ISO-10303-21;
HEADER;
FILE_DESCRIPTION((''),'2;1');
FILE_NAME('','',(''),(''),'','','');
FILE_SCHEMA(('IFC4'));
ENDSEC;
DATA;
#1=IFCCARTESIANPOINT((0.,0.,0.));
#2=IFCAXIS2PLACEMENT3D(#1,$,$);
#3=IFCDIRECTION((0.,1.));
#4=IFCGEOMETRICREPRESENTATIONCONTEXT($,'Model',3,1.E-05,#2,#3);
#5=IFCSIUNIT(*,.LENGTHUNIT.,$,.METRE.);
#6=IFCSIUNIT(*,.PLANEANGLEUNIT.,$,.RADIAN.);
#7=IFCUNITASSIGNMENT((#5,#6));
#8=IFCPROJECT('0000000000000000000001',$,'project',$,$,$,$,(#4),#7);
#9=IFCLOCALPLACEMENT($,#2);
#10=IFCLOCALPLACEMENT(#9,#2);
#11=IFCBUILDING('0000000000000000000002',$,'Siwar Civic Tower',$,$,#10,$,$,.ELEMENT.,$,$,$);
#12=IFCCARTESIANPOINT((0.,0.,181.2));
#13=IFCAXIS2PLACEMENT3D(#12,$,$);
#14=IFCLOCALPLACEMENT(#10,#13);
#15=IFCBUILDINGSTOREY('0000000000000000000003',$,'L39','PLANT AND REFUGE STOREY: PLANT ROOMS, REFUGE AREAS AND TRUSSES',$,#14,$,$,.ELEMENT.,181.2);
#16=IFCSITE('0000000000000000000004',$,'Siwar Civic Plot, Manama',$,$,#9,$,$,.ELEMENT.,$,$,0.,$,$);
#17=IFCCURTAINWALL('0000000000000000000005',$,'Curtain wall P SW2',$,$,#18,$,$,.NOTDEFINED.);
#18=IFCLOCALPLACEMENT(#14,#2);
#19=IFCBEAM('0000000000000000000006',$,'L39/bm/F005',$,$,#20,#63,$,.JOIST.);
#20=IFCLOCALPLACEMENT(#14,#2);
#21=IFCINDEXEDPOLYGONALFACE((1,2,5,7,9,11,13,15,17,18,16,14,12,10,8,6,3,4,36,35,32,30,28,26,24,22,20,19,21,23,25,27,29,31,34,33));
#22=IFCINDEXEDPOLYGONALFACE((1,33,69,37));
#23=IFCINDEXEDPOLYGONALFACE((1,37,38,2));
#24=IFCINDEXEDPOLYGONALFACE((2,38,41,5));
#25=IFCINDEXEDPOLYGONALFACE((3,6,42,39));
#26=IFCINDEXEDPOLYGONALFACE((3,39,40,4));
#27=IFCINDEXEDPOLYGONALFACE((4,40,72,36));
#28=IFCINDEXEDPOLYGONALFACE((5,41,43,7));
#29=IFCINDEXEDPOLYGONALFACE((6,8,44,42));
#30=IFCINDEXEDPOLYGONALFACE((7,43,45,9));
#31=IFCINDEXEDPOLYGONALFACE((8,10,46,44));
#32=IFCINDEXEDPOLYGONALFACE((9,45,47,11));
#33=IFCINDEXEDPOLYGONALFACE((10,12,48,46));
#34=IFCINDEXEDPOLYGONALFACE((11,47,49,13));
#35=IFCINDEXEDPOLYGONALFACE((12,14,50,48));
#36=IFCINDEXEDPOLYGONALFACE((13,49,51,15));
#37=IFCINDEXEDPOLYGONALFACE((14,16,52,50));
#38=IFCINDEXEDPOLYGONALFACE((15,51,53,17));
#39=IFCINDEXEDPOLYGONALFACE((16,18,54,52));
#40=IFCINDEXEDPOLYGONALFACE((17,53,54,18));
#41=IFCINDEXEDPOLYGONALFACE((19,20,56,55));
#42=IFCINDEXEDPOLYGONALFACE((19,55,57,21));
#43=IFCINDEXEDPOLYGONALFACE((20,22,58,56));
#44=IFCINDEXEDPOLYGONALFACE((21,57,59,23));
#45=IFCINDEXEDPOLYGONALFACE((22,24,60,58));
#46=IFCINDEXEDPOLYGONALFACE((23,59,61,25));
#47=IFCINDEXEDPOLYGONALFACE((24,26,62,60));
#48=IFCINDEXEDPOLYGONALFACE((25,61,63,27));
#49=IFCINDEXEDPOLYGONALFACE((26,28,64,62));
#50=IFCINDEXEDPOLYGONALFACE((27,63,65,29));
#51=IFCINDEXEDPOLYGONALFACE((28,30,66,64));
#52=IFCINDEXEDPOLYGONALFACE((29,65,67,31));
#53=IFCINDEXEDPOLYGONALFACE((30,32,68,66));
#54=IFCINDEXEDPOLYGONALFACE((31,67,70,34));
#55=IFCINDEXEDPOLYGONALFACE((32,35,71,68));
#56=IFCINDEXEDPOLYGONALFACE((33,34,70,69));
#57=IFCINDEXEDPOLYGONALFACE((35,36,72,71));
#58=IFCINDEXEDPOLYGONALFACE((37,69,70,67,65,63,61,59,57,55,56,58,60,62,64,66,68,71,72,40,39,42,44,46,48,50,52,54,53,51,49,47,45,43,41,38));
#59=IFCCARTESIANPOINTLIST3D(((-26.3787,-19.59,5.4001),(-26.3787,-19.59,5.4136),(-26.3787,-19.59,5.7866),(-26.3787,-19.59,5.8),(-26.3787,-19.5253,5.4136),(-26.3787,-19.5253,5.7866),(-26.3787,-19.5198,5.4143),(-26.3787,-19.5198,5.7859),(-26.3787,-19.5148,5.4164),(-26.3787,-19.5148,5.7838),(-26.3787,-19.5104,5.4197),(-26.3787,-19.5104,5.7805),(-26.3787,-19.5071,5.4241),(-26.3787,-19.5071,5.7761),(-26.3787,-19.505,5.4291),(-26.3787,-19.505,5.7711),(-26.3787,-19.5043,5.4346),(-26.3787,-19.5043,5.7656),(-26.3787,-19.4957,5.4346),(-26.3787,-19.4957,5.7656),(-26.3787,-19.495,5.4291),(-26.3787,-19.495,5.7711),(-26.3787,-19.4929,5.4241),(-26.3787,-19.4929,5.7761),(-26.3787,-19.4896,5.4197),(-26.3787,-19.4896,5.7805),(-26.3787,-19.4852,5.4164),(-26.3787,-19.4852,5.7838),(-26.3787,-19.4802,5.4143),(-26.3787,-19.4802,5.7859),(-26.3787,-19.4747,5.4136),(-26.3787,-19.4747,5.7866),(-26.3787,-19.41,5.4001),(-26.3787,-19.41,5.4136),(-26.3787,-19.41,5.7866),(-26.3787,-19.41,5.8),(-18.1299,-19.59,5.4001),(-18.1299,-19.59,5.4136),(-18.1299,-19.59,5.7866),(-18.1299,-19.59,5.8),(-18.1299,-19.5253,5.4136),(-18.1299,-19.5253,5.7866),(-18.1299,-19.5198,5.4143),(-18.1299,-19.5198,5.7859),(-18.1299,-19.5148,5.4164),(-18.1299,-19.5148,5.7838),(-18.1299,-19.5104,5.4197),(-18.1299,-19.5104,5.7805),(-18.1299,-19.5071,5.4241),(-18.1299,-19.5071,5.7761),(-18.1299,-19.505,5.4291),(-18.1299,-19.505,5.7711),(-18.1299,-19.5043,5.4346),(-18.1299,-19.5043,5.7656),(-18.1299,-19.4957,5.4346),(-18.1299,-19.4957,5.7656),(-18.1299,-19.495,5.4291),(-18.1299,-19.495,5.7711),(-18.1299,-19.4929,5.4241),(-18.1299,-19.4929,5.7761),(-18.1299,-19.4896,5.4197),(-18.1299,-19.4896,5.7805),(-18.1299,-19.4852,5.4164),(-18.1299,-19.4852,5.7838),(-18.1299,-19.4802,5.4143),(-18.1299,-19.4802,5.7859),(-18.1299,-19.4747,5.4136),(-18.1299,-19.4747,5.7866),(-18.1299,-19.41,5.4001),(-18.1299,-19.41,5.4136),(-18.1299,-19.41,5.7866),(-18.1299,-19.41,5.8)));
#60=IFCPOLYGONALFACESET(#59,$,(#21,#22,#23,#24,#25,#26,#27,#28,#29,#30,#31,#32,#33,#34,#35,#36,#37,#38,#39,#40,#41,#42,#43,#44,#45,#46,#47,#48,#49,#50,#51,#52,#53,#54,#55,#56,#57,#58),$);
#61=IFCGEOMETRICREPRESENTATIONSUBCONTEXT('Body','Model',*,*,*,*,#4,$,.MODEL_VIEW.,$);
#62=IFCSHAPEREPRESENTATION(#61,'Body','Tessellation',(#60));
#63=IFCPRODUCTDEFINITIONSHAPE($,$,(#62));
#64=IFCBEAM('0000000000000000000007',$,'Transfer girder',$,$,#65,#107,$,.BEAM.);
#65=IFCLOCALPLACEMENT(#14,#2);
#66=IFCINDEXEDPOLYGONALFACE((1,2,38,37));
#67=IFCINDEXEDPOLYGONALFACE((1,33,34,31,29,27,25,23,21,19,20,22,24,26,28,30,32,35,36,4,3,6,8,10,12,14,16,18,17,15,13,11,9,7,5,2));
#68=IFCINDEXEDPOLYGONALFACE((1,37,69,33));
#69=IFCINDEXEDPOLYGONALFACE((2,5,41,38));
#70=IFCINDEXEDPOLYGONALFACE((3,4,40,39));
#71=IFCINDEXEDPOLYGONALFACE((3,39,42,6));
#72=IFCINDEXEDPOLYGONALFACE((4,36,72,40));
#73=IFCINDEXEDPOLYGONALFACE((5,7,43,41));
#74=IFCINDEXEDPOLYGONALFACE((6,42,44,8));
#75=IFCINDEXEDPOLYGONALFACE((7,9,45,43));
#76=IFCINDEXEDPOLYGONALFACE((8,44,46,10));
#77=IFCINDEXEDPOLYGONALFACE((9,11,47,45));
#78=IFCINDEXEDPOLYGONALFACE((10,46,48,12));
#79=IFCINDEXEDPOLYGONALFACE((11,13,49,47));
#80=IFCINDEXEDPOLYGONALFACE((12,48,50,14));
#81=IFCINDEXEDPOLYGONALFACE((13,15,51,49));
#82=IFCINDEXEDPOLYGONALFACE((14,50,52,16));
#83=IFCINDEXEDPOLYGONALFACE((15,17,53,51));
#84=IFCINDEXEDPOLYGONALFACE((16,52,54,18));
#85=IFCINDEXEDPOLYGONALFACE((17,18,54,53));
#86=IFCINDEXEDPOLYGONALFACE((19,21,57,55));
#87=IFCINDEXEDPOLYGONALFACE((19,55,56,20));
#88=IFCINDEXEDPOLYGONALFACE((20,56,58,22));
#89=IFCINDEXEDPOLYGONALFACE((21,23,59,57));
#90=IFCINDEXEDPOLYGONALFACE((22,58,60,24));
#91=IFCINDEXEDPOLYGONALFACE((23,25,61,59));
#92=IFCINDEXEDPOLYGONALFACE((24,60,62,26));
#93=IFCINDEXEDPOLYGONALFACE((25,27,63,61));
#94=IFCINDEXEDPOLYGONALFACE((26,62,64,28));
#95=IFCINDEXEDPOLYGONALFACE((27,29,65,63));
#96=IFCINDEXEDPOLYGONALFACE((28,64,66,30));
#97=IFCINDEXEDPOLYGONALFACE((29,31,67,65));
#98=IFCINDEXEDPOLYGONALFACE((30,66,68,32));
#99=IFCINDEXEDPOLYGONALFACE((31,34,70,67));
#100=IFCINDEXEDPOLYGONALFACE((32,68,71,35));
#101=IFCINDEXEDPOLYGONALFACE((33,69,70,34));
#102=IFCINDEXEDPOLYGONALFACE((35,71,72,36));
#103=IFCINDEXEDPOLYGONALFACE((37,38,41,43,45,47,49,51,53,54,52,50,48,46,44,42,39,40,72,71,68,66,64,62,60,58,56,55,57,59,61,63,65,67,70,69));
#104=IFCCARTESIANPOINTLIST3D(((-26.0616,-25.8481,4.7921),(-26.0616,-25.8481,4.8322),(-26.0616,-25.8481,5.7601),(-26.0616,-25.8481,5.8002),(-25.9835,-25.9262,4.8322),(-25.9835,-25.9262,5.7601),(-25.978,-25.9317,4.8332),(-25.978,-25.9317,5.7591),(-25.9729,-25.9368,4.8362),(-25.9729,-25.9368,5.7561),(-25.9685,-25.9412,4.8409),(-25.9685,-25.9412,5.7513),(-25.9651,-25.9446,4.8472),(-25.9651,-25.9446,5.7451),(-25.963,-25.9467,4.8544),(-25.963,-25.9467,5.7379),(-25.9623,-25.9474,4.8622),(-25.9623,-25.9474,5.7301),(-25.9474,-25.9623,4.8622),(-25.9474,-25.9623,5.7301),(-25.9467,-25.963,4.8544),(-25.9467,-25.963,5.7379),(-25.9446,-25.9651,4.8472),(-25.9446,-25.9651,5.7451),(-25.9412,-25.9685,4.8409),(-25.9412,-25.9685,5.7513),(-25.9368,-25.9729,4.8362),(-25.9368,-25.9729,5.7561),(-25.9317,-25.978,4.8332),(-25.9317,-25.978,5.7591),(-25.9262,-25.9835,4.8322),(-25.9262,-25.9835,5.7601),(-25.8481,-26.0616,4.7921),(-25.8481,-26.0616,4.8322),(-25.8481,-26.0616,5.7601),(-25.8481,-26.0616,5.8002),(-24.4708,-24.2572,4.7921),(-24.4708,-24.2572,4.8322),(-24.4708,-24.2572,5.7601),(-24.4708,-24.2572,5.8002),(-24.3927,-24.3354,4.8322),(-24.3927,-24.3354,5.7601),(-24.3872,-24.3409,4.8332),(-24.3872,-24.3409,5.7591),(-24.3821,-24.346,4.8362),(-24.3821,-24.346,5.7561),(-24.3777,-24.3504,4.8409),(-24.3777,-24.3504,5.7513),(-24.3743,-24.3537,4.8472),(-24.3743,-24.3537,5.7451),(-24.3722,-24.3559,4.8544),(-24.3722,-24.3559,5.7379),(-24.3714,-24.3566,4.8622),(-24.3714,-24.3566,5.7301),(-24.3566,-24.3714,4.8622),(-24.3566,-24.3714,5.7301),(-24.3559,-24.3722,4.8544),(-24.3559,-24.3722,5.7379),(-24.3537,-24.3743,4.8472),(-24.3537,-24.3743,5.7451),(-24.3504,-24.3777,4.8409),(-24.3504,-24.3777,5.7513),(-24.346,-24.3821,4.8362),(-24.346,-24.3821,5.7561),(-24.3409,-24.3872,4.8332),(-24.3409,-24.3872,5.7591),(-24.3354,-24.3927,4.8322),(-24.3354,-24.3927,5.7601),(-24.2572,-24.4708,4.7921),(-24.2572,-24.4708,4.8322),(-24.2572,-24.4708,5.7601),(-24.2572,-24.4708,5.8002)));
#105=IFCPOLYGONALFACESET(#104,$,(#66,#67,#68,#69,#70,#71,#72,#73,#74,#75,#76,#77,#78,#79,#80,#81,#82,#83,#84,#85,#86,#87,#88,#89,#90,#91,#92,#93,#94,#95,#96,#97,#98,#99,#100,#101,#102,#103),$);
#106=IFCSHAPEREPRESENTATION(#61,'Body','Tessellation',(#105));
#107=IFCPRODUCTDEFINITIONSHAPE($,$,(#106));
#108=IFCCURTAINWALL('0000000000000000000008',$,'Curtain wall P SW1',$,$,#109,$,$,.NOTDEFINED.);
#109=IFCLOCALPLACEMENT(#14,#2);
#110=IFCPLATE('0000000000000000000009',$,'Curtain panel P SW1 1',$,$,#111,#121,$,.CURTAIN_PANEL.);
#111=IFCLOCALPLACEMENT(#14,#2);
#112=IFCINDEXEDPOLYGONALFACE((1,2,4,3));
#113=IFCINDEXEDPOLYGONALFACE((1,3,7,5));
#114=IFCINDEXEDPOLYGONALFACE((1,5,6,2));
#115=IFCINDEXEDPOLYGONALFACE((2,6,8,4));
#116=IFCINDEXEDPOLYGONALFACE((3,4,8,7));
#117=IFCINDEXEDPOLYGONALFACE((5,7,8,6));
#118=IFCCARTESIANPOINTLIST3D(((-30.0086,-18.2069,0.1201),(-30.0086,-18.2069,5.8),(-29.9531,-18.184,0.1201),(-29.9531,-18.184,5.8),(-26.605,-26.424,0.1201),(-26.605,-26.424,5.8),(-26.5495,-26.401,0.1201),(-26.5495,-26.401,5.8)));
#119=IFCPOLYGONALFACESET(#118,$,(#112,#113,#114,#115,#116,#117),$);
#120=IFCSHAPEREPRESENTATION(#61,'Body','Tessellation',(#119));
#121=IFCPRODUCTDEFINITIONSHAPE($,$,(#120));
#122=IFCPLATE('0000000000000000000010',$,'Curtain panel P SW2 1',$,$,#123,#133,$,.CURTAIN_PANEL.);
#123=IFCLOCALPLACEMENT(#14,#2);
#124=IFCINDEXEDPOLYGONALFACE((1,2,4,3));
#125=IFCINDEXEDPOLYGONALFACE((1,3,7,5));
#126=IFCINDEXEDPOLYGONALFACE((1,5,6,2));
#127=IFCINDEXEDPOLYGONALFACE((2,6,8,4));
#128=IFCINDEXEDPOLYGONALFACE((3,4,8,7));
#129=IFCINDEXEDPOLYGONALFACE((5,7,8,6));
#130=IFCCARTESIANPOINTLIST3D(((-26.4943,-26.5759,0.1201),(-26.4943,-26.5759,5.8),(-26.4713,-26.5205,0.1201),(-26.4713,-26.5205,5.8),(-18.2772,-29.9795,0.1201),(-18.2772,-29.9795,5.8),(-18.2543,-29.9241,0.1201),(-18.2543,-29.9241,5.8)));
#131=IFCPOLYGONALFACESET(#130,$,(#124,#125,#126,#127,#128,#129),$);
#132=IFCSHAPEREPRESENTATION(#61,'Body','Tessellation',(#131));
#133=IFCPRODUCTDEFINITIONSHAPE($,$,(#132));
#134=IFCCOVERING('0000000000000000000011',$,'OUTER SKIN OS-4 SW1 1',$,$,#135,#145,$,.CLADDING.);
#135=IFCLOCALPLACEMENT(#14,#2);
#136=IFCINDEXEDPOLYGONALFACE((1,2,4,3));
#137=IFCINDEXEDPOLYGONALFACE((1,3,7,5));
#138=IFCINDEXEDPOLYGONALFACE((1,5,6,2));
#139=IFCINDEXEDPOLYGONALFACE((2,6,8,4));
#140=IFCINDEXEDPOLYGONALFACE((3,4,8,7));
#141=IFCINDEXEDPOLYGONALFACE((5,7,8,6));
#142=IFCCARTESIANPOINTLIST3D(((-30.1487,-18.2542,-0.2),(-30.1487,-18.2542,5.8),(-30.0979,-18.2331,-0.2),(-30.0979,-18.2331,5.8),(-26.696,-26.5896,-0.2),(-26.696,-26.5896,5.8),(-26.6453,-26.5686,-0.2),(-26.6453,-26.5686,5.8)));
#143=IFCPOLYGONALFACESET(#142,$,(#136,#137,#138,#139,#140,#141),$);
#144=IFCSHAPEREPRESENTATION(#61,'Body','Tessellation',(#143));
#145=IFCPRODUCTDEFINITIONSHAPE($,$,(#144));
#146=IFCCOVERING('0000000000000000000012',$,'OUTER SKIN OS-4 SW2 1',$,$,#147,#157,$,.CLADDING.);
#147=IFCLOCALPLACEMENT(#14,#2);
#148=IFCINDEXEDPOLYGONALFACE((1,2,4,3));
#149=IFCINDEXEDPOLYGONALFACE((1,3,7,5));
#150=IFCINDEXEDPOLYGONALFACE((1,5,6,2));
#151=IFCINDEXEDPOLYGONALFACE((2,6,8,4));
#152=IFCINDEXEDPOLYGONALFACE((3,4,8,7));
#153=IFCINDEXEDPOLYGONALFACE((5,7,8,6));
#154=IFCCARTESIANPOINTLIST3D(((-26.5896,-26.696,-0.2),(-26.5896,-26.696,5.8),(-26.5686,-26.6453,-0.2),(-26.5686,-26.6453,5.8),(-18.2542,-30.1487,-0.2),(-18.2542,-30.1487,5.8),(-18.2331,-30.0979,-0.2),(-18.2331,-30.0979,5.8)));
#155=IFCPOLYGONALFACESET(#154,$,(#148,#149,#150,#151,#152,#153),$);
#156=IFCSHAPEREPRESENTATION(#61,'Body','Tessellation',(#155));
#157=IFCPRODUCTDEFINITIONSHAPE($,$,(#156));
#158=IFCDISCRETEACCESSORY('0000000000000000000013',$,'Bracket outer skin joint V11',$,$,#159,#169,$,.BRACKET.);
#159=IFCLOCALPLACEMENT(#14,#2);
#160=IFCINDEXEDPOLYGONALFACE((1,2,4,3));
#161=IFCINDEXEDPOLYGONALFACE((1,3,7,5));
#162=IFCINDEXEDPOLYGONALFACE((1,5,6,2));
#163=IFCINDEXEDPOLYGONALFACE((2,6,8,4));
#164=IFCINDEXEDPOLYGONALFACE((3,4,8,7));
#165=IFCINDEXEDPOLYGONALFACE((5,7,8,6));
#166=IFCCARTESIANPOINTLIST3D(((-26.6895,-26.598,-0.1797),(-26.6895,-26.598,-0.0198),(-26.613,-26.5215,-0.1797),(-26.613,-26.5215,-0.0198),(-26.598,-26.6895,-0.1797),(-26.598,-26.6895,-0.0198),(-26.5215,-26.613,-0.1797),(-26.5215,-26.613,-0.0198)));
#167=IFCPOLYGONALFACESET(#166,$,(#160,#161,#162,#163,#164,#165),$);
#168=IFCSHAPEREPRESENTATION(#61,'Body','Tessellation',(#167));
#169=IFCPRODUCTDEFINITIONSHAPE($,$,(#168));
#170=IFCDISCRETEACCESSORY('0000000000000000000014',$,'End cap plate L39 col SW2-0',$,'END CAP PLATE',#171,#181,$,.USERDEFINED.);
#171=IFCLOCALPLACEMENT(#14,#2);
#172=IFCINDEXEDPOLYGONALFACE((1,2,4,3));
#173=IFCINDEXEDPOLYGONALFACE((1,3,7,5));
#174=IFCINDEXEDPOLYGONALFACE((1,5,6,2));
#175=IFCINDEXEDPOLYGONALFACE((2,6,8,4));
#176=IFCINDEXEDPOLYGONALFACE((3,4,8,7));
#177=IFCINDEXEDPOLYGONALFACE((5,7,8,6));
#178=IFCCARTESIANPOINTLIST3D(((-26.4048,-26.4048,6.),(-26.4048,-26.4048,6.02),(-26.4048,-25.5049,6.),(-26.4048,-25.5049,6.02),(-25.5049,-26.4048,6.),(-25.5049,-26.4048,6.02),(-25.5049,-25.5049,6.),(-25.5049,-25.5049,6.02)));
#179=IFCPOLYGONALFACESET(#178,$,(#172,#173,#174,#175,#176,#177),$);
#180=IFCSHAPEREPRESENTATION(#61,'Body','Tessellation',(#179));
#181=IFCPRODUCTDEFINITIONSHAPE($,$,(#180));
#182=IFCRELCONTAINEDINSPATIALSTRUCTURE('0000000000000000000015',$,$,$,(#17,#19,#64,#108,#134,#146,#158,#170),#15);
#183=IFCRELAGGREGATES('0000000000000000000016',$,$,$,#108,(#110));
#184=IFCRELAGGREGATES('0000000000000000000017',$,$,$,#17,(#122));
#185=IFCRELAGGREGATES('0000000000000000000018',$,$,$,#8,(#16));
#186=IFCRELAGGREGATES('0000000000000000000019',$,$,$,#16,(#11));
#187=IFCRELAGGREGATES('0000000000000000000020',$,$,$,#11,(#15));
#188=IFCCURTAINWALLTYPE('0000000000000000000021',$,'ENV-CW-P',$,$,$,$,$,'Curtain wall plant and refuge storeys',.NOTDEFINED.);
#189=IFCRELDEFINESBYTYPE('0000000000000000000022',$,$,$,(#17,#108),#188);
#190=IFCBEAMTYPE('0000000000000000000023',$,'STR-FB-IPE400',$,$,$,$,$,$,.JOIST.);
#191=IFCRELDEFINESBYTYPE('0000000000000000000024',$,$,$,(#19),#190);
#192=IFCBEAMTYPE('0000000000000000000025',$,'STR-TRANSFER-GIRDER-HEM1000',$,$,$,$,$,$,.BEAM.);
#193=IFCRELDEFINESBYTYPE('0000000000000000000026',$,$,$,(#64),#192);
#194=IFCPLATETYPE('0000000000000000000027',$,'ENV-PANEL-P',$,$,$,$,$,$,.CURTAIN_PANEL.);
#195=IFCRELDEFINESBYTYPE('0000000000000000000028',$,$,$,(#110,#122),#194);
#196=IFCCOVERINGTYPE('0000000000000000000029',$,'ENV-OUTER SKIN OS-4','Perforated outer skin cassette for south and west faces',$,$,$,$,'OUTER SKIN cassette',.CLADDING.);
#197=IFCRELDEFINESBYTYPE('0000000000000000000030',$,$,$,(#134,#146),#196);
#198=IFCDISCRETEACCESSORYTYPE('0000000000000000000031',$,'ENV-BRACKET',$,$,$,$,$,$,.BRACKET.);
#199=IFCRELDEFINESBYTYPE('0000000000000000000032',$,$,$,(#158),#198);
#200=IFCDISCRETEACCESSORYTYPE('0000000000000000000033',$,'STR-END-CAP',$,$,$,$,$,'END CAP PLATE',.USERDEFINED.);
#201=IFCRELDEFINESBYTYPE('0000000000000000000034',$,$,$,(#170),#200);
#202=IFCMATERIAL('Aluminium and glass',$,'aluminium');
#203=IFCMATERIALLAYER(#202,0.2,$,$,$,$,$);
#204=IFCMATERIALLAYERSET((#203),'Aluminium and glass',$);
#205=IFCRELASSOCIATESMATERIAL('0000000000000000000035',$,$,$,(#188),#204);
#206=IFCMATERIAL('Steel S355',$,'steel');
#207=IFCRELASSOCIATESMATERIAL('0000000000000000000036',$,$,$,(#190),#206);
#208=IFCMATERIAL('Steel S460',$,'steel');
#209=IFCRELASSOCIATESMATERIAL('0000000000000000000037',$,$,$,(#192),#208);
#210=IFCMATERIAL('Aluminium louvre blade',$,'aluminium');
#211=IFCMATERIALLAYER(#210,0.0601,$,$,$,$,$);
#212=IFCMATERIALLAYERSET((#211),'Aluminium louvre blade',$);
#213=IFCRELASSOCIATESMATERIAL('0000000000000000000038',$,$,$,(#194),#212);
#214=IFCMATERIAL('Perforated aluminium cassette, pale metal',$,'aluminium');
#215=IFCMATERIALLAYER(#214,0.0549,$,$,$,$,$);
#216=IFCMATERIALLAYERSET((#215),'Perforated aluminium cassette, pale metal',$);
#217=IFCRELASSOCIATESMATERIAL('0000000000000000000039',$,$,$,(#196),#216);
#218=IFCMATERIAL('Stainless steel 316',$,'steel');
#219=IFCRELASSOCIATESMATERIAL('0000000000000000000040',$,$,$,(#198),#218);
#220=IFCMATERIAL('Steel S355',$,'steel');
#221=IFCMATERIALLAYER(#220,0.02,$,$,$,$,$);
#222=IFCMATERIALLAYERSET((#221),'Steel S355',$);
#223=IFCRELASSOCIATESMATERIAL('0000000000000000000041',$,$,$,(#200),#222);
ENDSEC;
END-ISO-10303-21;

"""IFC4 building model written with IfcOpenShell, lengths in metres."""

from ifc_helpers import new_model, si_unit, direction, frame, origin, origin_2d, place, context, subcontext, project, spatial, rectangle, i_section, extrude, material, layer, layer_set, material_profile, profile_set, type_object, element, aggregate, save


model = new_model("IFC4")

# Units and contexts
model_context = context("Model", 3, precision=1e-05, world=origin(), true_north=direction((0.0, 1.0)))
body_context = subcontext(model_context, "Body", "Model", "MODEL_VIEW")
ifc_project = project(units=[si_unit("LENGTHUNIT", "METRE"), si_unit("PLANEANGLEUNIT", "RADIAN")], contexts=[model_context])

# Site, building, storey
site_placement = place(None, origin())
site = spatial("IfcSite", under=ifc_project, at=site_placement, Name="Siwar Civic Plot, Manama", CompositionType="ELEMENT", RefElevation=0.0)
building_placement = place(site_placement, origin())
building = spatial("IfcBuilding", under=site, at=building_placement, Name="Siwar Civic Tower", CompositionType="ELEMENT")
storey_placement = place(building_placement, frame((0.0, 0.0, 181.2)))
storey = spatial("IfcBuildingStorey", under=building, at=storey_placement, Name="L39", Description="PLANT AND REFUGE STOREY: PLANT ROOMS, REFUGE AREAS AND TRUSSES", CompositionType="ELEMENT", Elevation=181.2)

# Curtain wall
ifc_material_1 = material(Name="Aluminium and glass", Category="aluminium")
ifc_layer_1 = layer(ifc_material_1, 0.2)
ifc_layer_set_1 = layer_set([ifc_layer_1], Name="Aluminium and glass")
curtain_wall_type = type_object("IfcCurtainWallType", Name="ENV-CW-P", ElementType="Curtain wall plant and refuge storeys", PredefinedType="NOTDEFINED", material=ifc_layer_set_1)
curtain_wall_1_placement = place(storey_placement, origin())
curtain_wall_1 = element("IfcCurtainWall", 1, at=curtain_wall_1_placement, inside=storey, type_object=curtain_wall_type, Name="Curtain wall P SW2", PredefinedType="NOTDEFINED")

# Beams
ifc_material_2 = material(Name="Steel S355", Category="steel")
ifc_material_profile_1 = material_profile(ifc_material_2, i_section(OverallWidth=0.1799, OverallDepth=0.3999, WebThickness=0.0085, FlangeThickness=0.0134, FilletRadius=0.021, at=origin_2d()), Name="IPE400")
ifc_profile_set_1 = profile_set([ifc_material_profile_1], Name="Steel S355")
beam_type_1 = type_object("IfcBeamType", Name="STR-FB-IPE400", PredefinedType="JOIST", material=ifc_profile_set_1)
beam_1_placement = place(storey_placement, frame((-26.3787, -19.5, 5.6001), z_axis=(1.0, 0.0, 0.0), x_axis=(0.0, 1.0, 0.0)))
element("IfcBeam", 2, at=beam_1_placement, inside=storey, type_object=beam_type_1, Name="L39/bm/F005", PredefinedType="JOIST", context=body_context, shape_type="SweptSolid", body=[
    extrude(i_section(OverallWidth=0.1799, OverallDepth=0.3999, WebThickness=0.0085, FlangeThickness=0.0134, FilletRadius=0.021, at=origin_2d()), origin(), (0.0, 0.0, 1.0), 8.2488),
])
ifc_material_3 = material(Name="Steel S460", Category="steel")
ifc_material_profile_2 = material_profile(ifc_material_3, i_section(OverallWidth=0.302, OverallDepth=1.0081, WebThickness=0.021, FlangeThickness=0.04, FilletRadius=0.03, at=origin_2d()), Name="HEM1000")
ifc_profile_set_2 = profile_set([ifc_material_profile_2], Name="Steel S460")
beam_type_2 = type_object("IfcBeamType", Name="STR-TRANSFER-GIRDER-HEM1000", PredefinedType="BEAM", material=ifc_profile_set_2)
beam_2_placement = place(storey_placement, frame((-24.364, -24.364, 5.2961), z_axis=(-0.707107, -0.707107, 0.0), x_axis=(0.707107, -0.707107, 0.0)))
element("IfcBeam", 3, at=beam_2_placement, inside=storey, type_object=beam_type_2, Name="Transfer girder", PredefinedType="BEAM", context=body_context, shape_type="SweptSolid", body=[
    extrude(i_section(OverallWidth=0.302, OverallDepth=1.0081, WebThickness=0.021, FlangeThickness=0.04, FilletRadius=0.03, at=origin_2d()), origin(), (0.0, 0.0, 1.0), 2.2498),
])

# Curtain wall, plate
curtain_wall_2_placement = place(storey_placement, origin())
curtain_wall_2 = element("IfcCurtainWall", 4, at=curtain_wall_2_placement, inside=storey, type_object=curtain_wall_type, Name="Curtain wall P SW1", PredefinedType="NOTDEFINED")
ifc_material_4 = material(Name="Aluminium louvre blade", Category="aluminium")
ifc_layer_2 = layer(ifc_material_4, 0.0601)
ifc_layer_set_2 = layer_set([ifc_layer_2], Name="Aluminium louvre blade")
plate_type = type_object("IfcPlateType", Name="ENV-PANEL-P", PredefinedType="CURTAIN_PANEL", material=ifc_layer_set_2)
plate_1_placement = place(storey_placement, frame((-28.2791, -22.304, 0.1201), z_axis=(0.0, 0.0, 1.0), x_axis=(0.382683, -0.92388, 0.0)))
plate_1 = element("IfcPlate", 5, at=plate_1_placement, type_object=plate_type, Name="Curtain panel P SW1 1", PredefinedType="CURTAIN_PANEL", context=body_context, shape_type="SweptSolid", body=[
    extrude(rectangle(XDim=8.894, YDim=0.0601, at=origin_2d()), origin(), (0.0, 0.0, 1.0), 5.6799),
])
aggregate(curtain_wall_2, [plate_1])

# Plate
plate_2_placement = place(storey_placement, frame((-22.3743, -28.25, 0.1201), z_axis=(0.0, 0.0, 1.0), x_axis=(0.92388, -0.382683, 0.0)))
plate_2 = element("IfcPlate", 6, at=plate_2_placement, type_object=plate_type, Name="Curtain panel P SW2 1", PredefinedType="CURTAIN_PANEL", context=body_context, shape_type="SweptSolid", body=[
    extrude(rectangle(XDim=8.894, YDim=0.0601, at=origin_2d()), origin(), (0.0, 0.0, 1.0), 5.6799),
])
aggregate(curtain_wall_1, [plate_2])

# Coverings
ifc_material_5 = material(Name="Perforated aluminium cassette, pale metal", Category="aluminium")
ifc_layer_3 = layer(ifc_material_5, 0.0549)
ifc_layer_set_3 = layer_set([ifc_layer_3], Name="Perforated aluminium cassette, pale metal")
covering_type = type_object("IfcCoveringType", Name="ENV-OUTER SKIN OS-4", Description="Perforated outer skin cassette for south and west faces", ElementType="OUTER SKIN cassette", PredefinedType="CLADDING", material=ifc_layer_set_3)
for number, where, z_axis, x_axis, name in (
    (7, (-28.397, -22.4114, -0.2), (0.0, 0.0, 1.0), (0.382683, -0.92388, 0.0), "OUTER SKIN OS-4 SW1 1"),
    (8, (-22.4114, -28.397, -0.2), (0.0, 0.0, 1.0), (0.92388, -0.382683, 0.0), "OUTER SKIN OS-4 SW2 1"),
):
    element("IfcCovering", number, at=place(storey_placement, frame(where, z_axis=z_axis, x_axis=x_axis)), inside=storey, type_object=covering_type, Name=name, PredefinedType="CLADDING", context=body_context, shape_type="SweptSolid", body=[
        extrude(rectangle(XDim=9.0222, YDim=0.0549, at=origin_2d()), origin(), (0.0, 0.0, 1.0), 6.0),
    ])

# Discrete accessories
ifc_material_6 = material(Name="Stainless steel 316", Category="steel")
discrete_accessory_type_1 = type_object("IfcDiscreteAccessoryType", Name="ENV-BRACKET", PredefinedType="BRACKET", material=ifc_material_6)
discrete_accessory_1_placement = place(storey_placement, frame((-26.6055, -26.6055, -0.1797), z_axis=(0.0, 0.0, 1.0), x_axis=(-0.707107, -0.707107, 0.0)))
element("IfcDiscreteAccessory", 9, at=discrete_accessory_1_placement, inside=storey, type_object=discrete_accessory_type_1, Name="Bracket outer skin joint V11", PredefinedType="BRACKET", context=body_context, shape_type="SweptSolid", body=[
    extrude(rectangle(XDim=0.1082, YDim=0.1294, at=origin_2d()), origin(), (0.0, 0.0, 1.0), 0.1599),
])
ifc_material_7 = material(Name="Steel S355", Category="steel")
ifc_layer_4 = layer(ifc_material_7, 0.02)
ifc_layer_set_4 = layer_set([ifc_layer_4], Name="Steel S355")
discrete_accessory_type_2 = type_object("IfcDiscreteAccessoryType", Name="STR-END-CAP", ElementType="END CAP PLATE", PredefinedType="USERDEFINED", material=ifc_layer_set_4)
discrete_accessory_2_placement = place(storey_placement, frame((-25.9548, -25.9548, 6.0), z_axis=(0.0, 0.0, 1.0), x_axis=(1.0, 0.0, 0.0)))
element("IfcDiscreteAccessory", 10, at=discrete_accessory_2_placement, inside=storey, type_object=discrete_accessory_type_2, Name="End cap plate L39 col SW2-0", ObjectType="END CAP PLATE", PredefinedType="USERDEFINED", context=body_context, shape_type="SweptSolid", body=[
    extrude(rectangle(XDim=0.8999, YDim=0.8999, at=origin_2d()), origin(), (0.0, 0.0, 1.0), 0.02),
])

save(model, "model.ifc")
